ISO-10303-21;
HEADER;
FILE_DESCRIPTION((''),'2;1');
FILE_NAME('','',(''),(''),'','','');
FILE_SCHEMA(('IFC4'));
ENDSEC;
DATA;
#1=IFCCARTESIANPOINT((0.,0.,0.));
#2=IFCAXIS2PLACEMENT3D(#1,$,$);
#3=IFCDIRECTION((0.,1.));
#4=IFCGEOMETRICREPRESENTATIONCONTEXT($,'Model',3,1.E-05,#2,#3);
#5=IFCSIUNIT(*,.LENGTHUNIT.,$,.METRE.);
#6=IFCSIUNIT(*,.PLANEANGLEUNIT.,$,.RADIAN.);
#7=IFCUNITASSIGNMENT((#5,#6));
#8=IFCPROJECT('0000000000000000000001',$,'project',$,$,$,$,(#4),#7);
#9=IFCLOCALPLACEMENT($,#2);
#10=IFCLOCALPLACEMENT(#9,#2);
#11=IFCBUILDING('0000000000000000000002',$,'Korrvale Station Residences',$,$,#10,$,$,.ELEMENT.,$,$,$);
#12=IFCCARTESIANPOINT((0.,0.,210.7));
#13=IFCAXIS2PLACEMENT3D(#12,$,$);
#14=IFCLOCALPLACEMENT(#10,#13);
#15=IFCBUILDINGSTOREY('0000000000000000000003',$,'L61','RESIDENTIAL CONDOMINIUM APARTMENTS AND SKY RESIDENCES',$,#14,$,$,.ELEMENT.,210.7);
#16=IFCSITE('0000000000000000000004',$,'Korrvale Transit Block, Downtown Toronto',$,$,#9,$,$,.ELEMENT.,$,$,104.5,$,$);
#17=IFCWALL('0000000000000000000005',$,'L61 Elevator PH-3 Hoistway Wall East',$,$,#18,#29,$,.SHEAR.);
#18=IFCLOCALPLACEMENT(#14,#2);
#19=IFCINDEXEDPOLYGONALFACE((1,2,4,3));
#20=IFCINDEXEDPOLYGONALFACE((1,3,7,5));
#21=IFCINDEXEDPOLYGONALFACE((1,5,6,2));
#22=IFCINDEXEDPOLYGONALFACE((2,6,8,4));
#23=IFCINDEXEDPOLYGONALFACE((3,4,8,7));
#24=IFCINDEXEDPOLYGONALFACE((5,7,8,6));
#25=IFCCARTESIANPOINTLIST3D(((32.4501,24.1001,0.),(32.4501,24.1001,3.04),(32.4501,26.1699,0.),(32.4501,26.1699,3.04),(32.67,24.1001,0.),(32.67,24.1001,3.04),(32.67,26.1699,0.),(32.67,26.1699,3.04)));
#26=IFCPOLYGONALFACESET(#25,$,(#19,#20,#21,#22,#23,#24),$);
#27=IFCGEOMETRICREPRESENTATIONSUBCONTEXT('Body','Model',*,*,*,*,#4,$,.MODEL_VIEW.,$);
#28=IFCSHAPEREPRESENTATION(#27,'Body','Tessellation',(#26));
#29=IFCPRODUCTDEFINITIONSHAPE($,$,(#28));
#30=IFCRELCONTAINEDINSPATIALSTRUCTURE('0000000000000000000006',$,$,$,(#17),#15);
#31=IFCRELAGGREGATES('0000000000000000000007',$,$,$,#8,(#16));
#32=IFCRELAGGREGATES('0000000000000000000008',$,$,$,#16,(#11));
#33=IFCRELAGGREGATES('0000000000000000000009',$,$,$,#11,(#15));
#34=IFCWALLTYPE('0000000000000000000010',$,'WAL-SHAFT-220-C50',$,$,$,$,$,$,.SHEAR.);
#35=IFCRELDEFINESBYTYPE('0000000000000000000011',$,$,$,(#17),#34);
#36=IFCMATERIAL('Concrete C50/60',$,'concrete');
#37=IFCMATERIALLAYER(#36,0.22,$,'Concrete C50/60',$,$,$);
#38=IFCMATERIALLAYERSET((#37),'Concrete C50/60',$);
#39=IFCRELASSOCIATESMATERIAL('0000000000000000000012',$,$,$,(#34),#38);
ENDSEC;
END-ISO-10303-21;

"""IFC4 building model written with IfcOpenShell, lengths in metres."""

from ifc_helpers import new_model, si_unit, direction, frame, frame_2d, origin, place, context, subcontext, project, spatial, rectangle, extrude, material, layer, layer_set, type_object, element, save


model = new_model("IFC4")

# Units and contexts
model_context = context("Model", 3, precision=1e-05, world=origin(), true_north=direction((0.0, 1.0)))
body_context = subcontext(model_context, "Body", "Model", "MODEL_VIEW")
ifc_project = project(units=[si_unit("LENGTHUNIT", "METRE"), si_unit("PLANEANGLEUNIT", "RADIAN")], contexts=[model_context])

# Site, building, storey
site_placement = place(None, origin())
site = spatial("IfcSite", under=ifc_project, at=site_placement, Name="Korrvale Transit Block, Downtown Toronto", CompositionType="ELEMENT", RefElevation=104.5)
building_placement = place(site_placement, origin())
building = spatial("IfcBuilding", under=site, at=building_placement, Name="Korrvale Station Residences", CompositionType="ELEMENT")
storey_placement = place(building_placement, frame((0.0, 0.0, 210.7)))
storey = spatial("IfcBuildingStorey", under=building, at=storey_placement, Name="L61", Description="RESIDENTIAL CONDOMINIUM APARTMENTS AND SKY RESIDENCES", CompositionType="ELEMENT", Elevation=210.7)

# Shared definitions
ifc_material_1 = material(Name="Concrete C50/60", Category="concrete")

# Shared definitions
ifc_layer_1 = layer(ifc_material_1, 0.22, Name="Concrete C50/60")
ifc_layer_set_1 = layer_set([ifc_layer_1], Name="Concrete C50/60")
wall_type_1 = type_object("IfcWallType", Name="WAL-SHAFT-220-C50", PredefinedType="SHEAR", material=ifc_layer_set_1)

# Wall
wall_1_placement = place(storey_placement, frame((32.5601, 24.1001, 0.0), z_axis=(0.0, 0.0, 1.0), x_axis=(0.0, 1.0, 0.0)))
element("IfcWall", 1, at=wall_1_placement, inside=storey, type_object=wall_type_1, Name="L61 Elevator PH-3 Hoistway Wall East", PredefinedType="SHEAR", context=body_context, shape_type="SweptSolid", body=[
    extrude(rectangle(XDim=2.0698, YDim=0.22, at=frame_2d((1.0349, 0.0))), origin(), (0.0, 0.0, 1.0), 3.04),
])

save(model, "model.ifc")
